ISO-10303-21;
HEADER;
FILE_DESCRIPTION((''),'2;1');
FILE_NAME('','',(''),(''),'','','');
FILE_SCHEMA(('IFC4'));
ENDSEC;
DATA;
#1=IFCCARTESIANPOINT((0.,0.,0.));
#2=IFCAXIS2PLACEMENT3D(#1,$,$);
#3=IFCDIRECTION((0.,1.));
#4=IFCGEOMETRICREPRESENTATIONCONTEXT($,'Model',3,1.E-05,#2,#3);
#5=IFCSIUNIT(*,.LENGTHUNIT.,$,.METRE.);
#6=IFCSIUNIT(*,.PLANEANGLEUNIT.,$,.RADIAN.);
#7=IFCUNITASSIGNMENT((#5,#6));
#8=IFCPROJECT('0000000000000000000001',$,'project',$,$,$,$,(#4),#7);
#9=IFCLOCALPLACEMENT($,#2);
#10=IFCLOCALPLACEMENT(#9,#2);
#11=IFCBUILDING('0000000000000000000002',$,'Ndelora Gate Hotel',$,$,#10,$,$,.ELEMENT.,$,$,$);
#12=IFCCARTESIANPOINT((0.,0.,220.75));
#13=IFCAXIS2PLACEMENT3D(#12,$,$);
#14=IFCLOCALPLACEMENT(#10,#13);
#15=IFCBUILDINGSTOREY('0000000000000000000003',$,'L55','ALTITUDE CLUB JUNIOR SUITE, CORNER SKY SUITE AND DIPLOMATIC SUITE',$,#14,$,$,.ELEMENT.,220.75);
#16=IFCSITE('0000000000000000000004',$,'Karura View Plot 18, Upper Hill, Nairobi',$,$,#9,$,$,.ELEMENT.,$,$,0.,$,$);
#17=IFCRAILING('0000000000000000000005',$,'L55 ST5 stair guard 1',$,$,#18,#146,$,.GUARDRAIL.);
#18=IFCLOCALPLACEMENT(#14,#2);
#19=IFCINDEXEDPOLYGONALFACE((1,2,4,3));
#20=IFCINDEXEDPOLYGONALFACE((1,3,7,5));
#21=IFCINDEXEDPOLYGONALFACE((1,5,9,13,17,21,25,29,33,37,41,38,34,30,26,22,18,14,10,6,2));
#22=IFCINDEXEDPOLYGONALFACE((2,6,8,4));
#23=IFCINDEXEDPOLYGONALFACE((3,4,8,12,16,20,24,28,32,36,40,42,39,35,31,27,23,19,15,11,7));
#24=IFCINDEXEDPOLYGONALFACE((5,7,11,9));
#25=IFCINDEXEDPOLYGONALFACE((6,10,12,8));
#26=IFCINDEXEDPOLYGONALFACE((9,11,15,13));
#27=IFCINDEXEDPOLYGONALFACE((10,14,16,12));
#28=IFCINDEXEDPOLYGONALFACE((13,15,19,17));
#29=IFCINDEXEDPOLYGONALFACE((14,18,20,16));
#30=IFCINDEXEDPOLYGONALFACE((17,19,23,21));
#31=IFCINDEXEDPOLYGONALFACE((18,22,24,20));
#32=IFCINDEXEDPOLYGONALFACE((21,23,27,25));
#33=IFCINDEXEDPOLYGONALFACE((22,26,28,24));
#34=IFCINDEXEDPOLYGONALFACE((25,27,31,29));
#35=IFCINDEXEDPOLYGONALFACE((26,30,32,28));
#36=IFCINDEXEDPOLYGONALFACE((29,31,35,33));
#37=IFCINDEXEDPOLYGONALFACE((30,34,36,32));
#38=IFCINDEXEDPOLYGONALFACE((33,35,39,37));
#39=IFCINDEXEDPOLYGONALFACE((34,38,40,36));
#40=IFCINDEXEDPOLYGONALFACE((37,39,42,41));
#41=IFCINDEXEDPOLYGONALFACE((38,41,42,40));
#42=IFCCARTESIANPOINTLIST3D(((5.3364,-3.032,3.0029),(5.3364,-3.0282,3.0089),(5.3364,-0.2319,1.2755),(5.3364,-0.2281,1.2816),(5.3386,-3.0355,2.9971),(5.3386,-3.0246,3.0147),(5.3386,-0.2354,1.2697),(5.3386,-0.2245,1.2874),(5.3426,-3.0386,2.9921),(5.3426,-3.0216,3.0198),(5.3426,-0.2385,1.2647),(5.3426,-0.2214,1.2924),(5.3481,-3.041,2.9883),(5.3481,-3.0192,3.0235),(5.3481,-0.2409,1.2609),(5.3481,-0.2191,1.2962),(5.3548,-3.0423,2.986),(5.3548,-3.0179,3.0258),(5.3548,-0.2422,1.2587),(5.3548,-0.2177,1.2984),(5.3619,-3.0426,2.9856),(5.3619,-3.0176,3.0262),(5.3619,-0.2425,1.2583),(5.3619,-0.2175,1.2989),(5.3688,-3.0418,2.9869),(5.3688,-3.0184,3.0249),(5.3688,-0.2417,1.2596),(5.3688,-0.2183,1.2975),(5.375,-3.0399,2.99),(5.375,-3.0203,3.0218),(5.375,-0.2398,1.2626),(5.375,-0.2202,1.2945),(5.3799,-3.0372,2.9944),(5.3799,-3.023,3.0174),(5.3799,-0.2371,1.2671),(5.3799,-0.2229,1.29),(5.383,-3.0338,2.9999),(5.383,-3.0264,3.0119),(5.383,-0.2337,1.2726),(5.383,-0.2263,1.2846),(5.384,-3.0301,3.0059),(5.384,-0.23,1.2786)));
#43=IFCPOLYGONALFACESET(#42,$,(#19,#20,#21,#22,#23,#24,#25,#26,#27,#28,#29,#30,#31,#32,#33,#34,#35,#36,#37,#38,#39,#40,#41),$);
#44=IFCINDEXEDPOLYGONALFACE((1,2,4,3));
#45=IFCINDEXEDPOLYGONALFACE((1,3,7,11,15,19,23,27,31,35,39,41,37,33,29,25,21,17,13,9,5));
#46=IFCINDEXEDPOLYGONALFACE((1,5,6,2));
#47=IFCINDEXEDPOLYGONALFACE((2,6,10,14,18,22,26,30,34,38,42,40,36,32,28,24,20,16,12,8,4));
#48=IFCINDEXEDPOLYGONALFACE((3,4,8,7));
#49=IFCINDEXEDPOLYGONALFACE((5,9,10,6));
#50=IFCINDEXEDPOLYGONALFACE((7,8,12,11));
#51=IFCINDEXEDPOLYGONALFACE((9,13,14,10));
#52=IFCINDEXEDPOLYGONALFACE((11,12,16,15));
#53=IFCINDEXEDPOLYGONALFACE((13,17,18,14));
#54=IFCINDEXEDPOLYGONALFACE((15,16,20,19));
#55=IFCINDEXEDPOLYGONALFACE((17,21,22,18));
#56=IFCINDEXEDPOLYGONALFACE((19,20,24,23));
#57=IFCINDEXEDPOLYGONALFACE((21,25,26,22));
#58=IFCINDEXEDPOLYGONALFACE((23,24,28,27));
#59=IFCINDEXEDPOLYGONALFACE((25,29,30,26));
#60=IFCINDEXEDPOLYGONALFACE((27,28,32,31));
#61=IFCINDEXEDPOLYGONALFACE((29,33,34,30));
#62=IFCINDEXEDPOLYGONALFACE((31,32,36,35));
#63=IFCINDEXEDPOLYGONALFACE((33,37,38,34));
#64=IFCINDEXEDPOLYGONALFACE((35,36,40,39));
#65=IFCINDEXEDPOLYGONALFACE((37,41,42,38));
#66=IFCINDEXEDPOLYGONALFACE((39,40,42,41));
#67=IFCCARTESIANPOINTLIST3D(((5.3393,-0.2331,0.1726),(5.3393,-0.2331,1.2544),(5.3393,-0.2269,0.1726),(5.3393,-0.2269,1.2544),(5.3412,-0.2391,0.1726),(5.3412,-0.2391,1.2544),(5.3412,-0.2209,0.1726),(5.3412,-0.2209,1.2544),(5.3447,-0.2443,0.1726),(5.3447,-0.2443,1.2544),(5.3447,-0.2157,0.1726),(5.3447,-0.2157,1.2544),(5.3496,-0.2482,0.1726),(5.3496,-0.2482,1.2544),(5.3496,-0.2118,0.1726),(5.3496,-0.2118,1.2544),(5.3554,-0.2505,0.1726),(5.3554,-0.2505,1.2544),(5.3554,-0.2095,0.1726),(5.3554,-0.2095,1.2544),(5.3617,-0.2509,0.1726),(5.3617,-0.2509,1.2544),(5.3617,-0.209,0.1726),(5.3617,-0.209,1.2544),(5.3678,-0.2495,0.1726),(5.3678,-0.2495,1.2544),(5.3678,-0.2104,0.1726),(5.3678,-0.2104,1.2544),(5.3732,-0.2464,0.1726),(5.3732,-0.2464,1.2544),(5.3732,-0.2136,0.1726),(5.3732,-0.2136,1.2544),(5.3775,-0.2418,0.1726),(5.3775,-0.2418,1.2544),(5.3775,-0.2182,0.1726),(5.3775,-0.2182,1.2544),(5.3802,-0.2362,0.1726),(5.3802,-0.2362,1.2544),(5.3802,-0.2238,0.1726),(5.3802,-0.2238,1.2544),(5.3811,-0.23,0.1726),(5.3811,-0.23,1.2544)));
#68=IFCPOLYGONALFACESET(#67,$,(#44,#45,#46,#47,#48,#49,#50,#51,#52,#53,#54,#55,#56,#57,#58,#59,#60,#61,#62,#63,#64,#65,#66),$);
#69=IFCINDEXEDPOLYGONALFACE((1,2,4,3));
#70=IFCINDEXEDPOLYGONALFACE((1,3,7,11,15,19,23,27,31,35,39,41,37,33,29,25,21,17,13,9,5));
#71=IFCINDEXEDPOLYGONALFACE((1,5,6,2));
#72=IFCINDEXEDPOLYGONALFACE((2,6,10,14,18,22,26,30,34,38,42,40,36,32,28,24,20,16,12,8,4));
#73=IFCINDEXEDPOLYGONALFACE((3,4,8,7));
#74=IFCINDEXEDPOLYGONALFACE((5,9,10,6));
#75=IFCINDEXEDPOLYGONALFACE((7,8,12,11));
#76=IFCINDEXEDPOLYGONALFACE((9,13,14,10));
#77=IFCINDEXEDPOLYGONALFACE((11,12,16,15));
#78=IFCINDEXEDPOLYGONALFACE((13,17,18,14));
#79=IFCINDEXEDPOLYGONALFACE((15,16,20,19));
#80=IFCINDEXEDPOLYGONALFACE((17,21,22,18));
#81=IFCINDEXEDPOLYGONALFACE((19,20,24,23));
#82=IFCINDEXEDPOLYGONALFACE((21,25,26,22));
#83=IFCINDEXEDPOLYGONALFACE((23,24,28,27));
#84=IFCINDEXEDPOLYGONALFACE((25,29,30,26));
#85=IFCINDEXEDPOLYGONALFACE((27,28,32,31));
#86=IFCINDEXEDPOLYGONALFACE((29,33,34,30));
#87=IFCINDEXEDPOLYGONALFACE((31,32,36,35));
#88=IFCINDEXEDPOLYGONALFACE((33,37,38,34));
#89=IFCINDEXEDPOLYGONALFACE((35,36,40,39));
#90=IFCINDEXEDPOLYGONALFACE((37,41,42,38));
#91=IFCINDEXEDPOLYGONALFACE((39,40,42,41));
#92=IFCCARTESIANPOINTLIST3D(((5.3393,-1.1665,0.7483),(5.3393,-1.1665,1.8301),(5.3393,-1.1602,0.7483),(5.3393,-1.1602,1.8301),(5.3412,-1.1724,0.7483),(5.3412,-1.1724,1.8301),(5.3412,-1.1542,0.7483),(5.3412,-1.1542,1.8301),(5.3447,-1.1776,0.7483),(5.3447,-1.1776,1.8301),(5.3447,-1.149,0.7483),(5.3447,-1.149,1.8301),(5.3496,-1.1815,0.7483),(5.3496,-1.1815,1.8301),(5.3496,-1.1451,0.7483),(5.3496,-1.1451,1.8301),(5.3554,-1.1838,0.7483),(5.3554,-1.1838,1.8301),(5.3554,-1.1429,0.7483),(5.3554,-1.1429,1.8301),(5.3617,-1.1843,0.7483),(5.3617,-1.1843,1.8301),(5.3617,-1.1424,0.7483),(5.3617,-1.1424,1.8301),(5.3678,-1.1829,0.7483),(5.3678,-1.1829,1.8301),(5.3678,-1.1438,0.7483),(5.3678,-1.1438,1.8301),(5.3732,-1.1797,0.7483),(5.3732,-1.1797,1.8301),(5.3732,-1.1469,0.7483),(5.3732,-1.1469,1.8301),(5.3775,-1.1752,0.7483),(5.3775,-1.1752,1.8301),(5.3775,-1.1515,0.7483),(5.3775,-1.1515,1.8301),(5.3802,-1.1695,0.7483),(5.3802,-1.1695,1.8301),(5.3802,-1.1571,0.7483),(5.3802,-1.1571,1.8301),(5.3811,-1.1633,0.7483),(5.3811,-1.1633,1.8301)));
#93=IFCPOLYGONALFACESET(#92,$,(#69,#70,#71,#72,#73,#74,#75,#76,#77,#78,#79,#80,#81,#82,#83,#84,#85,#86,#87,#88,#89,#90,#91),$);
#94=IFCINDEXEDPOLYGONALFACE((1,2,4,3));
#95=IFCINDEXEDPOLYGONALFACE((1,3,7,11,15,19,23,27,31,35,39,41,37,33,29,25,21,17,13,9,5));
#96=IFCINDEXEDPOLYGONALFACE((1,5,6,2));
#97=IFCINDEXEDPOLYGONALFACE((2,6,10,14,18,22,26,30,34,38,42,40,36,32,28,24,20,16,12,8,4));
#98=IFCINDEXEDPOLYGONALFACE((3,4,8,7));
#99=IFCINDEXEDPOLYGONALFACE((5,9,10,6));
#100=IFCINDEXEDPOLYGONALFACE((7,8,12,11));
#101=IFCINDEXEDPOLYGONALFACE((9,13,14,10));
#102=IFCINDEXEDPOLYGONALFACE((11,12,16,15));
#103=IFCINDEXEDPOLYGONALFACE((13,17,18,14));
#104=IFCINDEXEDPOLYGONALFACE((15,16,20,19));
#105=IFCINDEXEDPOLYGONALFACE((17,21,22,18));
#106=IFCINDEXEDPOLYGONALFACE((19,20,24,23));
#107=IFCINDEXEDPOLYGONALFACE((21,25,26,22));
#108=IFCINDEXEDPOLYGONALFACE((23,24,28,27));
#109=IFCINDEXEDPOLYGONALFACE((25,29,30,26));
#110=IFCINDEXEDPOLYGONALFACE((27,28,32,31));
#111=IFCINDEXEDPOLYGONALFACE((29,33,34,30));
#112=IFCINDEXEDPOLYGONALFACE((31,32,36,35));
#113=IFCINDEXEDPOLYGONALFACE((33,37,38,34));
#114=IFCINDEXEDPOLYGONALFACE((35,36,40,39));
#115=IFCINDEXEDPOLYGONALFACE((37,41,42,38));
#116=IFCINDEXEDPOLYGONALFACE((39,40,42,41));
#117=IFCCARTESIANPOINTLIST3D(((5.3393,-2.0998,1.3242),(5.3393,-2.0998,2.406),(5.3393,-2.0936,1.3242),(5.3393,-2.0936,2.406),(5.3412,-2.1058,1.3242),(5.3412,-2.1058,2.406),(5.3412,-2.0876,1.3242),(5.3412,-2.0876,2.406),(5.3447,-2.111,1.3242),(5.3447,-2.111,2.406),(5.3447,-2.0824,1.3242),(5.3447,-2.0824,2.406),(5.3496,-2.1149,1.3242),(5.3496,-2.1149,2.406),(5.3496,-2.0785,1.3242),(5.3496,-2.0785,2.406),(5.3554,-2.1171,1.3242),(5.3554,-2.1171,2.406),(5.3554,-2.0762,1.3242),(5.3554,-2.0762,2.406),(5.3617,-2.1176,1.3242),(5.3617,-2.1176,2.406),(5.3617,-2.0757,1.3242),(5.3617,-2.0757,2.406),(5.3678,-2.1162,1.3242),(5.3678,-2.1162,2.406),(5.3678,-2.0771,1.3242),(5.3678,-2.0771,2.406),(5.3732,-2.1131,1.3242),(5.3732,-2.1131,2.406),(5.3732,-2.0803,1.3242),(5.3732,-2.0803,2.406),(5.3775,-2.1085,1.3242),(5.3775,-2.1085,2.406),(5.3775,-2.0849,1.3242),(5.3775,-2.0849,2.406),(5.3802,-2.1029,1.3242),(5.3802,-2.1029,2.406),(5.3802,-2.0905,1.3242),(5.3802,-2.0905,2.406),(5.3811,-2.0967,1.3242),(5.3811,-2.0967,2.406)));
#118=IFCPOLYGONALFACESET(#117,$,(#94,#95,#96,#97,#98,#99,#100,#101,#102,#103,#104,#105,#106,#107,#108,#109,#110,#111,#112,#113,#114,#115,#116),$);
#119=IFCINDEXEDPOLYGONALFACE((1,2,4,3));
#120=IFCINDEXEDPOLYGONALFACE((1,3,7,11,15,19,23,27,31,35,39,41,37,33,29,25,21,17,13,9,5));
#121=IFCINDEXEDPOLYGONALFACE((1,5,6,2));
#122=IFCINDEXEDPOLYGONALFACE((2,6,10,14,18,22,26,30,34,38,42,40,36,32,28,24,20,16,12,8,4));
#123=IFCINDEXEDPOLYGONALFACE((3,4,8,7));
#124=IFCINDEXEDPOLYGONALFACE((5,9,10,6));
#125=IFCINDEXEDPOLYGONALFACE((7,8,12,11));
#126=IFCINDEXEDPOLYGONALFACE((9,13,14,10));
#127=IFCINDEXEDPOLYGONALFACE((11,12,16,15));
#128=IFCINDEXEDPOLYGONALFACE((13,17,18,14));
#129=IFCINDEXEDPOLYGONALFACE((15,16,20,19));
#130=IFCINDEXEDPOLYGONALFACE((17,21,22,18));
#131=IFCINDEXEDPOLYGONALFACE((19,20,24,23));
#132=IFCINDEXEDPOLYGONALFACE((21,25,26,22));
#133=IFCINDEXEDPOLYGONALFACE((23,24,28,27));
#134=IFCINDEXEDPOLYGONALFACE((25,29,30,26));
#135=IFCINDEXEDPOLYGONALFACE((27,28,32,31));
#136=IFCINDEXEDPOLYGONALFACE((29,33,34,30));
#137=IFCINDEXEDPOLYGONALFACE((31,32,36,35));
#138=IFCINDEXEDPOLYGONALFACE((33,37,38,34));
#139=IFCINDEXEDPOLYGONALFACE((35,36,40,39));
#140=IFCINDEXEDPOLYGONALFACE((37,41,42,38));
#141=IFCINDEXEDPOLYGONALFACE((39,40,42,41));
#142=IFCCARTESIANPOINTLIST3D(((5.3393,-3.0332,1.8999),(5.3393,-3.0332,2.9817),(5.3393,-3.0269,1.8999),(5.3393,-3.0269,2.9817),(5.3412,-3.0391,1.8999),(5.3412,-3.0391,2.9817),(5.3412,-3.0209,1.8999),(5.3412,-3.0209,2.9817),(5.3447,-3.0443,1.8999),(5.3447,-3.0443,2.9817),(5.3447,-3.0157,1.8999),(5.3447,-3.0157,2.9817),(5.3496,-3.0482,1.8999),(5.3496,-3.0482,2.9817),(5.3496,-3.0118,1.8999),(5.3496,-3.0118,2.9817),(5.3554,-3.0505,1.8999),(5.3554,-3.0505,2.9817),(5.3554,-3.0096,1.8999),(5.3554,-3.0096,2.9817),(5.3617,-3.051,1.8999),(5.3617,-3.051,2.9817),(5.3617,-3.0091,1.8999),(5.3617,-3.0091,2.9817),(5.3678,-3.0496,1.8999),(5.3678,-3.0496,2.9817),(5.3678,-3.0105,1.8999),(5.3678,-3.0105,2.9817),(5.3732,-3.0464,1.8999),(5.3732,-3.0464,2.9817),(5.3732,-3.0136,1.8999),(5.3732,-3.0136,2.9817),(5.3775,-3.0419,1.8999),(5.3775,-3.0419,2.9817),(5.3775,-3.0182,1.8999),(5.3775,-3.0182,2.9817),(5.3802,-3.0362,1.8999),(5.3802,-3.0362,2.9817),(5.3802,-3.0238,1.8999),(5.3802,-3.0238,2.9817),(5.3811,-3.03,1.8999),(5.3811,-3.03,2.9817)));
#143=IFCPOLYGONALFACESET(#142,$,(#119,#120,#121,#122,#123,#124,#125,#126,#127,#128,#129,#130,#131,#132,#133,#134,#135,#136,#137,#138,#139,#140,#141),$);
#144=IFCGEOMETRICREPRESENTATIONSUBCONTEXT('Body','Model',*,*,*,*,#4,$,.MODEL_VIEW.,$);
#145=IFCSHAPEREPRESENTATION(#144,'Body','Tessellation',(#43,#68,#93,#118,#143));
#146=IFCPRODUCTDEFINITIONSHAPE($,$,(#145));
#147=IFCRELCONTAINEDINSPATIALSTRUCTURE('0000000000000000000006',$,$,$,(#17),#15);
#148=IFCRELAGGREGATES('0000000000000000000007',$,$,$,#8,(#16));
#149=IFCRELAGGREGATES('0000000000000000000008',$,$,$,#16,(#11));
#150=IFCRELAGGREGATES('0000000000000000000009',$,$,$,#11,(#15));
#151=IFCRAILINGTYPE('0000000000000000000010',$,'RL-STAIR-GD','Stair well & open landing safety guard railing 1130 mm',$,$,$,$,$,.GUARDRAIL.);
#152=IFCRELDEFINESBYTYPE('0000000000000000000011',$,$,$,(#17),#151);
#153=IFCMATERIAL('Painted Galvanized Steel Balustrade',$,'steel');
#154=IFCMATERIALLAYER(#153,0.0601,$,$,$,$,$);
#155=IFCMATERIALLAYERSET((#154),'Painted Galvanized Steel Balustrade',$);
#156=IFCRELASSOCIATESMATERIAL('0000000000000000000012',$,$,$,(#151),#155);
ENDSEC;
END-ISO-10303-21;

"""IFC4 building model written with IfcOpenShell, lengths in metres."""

from ifc_helpers import new_model, si_unit, direction, frame, origin, origin_2d, place, context, subcontext, project, spatial, circle, extrude, material, layer, layer_set, type_object, element, save


model = new_model("IFC4")

# Units and contexts
model_context = context("Model", 3, precision=1e-05, world=origin(), true_north=direction((0.0, 1.0)))
body_context = subcontext(model_context, "Body", "Model", "MODEL_VIEW")
ifc_project = project(units=[si_unit("LENGTHUNIT", "METRE"), si_unit("PLANEANGLEUNIT", "RADIAN")], contexts=[model_context])

# Site, building, storey
site_placement = place(None, origin())
site = spatial("IfcSite", under=ifc_project, at=site_placement, Name="Karura View Plot 18, Upper Hill, Nairobi", CompositionType="ELEMENT", RefElevation=0.0)
building_placement = place(site_placement, origin())
building = spatial("IfcBuilding", under=site, at=building_placement, Name="Ndelora Gate Hotel", CompositionType="ELEMENT")
storey_placement = place(building_placement, frame((0.0, 0.0, 220.75)))
storey = spatial("IfcBuildingStorey", under=building, at=storey_placement, Name="L55", Description="ALTITUDE CLUB JUNIOR SUITE, CORNER SKY SUITE AND DIPLOMATIC SUITE", CompositionType="ELEMENT", Elevation=220.75)

# Railing
ifc_material_1 = material(Name="Painted Galvanized Steel Balustrade", Category="steel")
ifc_layer_1 = layer(ifc_material_1, 0.0601)
ifc_layer_set_1 = layer_set([ifc_layer_1], Name="Painted Galvanized Steel Balustrade")
railing_type_1 = type_object("IfcRailingType", Name="RL-STAIR-GD", Description="Stair well & open landing safety guard railing 1130 mm", PredefinedType="GUARDRAIL", material=ifc_layer_set_1)
railing_1_placement = place(storey_placement, frame((5.3601, -0.23, 0.1726)))
element("IfcRailing", 1, at=railing_1_placement, inside=storey, type_object=railing_type_1, Name="L55 ST5 stair guard 1", PredefinedType="GUARDRAIL", context=body_context, shape_type="SweptSolid", body=[
    extrude(circle(Radius=0.0239, at=origin_2d()), frame((0.0, 0.0, 1.106), z_axis=(0.0, -0.85109, 0.52502), x_axis=(1.0, 0.0, 0.0)), (0.0, 0.0, 1.0), 3.29),
    extrude(circle(Radius=0.021, at=origin_2d()), origin(), (0.0, 0.0, 1.0), 1.0818),
    extrude(circle(Radius=0.021, at=origin_2d()), frame((0.0, -0.9333, 0.5757)), (0.0, 0.0, 1.0), 1.0818),
    extrude(circle(Radius=0.021, at=origin_2d()), frame((0.0, -1.8667, 1.1516)), (0.0, 0.0, 1.0), 1.0818),
    extrude(circle(Radius=0.021, at=origin_2d()), frame((0.0, -2.8, 1.7273)), (0.0, 0.0, 1.0), 1.0818),
])

save(model, "model.ifc")
